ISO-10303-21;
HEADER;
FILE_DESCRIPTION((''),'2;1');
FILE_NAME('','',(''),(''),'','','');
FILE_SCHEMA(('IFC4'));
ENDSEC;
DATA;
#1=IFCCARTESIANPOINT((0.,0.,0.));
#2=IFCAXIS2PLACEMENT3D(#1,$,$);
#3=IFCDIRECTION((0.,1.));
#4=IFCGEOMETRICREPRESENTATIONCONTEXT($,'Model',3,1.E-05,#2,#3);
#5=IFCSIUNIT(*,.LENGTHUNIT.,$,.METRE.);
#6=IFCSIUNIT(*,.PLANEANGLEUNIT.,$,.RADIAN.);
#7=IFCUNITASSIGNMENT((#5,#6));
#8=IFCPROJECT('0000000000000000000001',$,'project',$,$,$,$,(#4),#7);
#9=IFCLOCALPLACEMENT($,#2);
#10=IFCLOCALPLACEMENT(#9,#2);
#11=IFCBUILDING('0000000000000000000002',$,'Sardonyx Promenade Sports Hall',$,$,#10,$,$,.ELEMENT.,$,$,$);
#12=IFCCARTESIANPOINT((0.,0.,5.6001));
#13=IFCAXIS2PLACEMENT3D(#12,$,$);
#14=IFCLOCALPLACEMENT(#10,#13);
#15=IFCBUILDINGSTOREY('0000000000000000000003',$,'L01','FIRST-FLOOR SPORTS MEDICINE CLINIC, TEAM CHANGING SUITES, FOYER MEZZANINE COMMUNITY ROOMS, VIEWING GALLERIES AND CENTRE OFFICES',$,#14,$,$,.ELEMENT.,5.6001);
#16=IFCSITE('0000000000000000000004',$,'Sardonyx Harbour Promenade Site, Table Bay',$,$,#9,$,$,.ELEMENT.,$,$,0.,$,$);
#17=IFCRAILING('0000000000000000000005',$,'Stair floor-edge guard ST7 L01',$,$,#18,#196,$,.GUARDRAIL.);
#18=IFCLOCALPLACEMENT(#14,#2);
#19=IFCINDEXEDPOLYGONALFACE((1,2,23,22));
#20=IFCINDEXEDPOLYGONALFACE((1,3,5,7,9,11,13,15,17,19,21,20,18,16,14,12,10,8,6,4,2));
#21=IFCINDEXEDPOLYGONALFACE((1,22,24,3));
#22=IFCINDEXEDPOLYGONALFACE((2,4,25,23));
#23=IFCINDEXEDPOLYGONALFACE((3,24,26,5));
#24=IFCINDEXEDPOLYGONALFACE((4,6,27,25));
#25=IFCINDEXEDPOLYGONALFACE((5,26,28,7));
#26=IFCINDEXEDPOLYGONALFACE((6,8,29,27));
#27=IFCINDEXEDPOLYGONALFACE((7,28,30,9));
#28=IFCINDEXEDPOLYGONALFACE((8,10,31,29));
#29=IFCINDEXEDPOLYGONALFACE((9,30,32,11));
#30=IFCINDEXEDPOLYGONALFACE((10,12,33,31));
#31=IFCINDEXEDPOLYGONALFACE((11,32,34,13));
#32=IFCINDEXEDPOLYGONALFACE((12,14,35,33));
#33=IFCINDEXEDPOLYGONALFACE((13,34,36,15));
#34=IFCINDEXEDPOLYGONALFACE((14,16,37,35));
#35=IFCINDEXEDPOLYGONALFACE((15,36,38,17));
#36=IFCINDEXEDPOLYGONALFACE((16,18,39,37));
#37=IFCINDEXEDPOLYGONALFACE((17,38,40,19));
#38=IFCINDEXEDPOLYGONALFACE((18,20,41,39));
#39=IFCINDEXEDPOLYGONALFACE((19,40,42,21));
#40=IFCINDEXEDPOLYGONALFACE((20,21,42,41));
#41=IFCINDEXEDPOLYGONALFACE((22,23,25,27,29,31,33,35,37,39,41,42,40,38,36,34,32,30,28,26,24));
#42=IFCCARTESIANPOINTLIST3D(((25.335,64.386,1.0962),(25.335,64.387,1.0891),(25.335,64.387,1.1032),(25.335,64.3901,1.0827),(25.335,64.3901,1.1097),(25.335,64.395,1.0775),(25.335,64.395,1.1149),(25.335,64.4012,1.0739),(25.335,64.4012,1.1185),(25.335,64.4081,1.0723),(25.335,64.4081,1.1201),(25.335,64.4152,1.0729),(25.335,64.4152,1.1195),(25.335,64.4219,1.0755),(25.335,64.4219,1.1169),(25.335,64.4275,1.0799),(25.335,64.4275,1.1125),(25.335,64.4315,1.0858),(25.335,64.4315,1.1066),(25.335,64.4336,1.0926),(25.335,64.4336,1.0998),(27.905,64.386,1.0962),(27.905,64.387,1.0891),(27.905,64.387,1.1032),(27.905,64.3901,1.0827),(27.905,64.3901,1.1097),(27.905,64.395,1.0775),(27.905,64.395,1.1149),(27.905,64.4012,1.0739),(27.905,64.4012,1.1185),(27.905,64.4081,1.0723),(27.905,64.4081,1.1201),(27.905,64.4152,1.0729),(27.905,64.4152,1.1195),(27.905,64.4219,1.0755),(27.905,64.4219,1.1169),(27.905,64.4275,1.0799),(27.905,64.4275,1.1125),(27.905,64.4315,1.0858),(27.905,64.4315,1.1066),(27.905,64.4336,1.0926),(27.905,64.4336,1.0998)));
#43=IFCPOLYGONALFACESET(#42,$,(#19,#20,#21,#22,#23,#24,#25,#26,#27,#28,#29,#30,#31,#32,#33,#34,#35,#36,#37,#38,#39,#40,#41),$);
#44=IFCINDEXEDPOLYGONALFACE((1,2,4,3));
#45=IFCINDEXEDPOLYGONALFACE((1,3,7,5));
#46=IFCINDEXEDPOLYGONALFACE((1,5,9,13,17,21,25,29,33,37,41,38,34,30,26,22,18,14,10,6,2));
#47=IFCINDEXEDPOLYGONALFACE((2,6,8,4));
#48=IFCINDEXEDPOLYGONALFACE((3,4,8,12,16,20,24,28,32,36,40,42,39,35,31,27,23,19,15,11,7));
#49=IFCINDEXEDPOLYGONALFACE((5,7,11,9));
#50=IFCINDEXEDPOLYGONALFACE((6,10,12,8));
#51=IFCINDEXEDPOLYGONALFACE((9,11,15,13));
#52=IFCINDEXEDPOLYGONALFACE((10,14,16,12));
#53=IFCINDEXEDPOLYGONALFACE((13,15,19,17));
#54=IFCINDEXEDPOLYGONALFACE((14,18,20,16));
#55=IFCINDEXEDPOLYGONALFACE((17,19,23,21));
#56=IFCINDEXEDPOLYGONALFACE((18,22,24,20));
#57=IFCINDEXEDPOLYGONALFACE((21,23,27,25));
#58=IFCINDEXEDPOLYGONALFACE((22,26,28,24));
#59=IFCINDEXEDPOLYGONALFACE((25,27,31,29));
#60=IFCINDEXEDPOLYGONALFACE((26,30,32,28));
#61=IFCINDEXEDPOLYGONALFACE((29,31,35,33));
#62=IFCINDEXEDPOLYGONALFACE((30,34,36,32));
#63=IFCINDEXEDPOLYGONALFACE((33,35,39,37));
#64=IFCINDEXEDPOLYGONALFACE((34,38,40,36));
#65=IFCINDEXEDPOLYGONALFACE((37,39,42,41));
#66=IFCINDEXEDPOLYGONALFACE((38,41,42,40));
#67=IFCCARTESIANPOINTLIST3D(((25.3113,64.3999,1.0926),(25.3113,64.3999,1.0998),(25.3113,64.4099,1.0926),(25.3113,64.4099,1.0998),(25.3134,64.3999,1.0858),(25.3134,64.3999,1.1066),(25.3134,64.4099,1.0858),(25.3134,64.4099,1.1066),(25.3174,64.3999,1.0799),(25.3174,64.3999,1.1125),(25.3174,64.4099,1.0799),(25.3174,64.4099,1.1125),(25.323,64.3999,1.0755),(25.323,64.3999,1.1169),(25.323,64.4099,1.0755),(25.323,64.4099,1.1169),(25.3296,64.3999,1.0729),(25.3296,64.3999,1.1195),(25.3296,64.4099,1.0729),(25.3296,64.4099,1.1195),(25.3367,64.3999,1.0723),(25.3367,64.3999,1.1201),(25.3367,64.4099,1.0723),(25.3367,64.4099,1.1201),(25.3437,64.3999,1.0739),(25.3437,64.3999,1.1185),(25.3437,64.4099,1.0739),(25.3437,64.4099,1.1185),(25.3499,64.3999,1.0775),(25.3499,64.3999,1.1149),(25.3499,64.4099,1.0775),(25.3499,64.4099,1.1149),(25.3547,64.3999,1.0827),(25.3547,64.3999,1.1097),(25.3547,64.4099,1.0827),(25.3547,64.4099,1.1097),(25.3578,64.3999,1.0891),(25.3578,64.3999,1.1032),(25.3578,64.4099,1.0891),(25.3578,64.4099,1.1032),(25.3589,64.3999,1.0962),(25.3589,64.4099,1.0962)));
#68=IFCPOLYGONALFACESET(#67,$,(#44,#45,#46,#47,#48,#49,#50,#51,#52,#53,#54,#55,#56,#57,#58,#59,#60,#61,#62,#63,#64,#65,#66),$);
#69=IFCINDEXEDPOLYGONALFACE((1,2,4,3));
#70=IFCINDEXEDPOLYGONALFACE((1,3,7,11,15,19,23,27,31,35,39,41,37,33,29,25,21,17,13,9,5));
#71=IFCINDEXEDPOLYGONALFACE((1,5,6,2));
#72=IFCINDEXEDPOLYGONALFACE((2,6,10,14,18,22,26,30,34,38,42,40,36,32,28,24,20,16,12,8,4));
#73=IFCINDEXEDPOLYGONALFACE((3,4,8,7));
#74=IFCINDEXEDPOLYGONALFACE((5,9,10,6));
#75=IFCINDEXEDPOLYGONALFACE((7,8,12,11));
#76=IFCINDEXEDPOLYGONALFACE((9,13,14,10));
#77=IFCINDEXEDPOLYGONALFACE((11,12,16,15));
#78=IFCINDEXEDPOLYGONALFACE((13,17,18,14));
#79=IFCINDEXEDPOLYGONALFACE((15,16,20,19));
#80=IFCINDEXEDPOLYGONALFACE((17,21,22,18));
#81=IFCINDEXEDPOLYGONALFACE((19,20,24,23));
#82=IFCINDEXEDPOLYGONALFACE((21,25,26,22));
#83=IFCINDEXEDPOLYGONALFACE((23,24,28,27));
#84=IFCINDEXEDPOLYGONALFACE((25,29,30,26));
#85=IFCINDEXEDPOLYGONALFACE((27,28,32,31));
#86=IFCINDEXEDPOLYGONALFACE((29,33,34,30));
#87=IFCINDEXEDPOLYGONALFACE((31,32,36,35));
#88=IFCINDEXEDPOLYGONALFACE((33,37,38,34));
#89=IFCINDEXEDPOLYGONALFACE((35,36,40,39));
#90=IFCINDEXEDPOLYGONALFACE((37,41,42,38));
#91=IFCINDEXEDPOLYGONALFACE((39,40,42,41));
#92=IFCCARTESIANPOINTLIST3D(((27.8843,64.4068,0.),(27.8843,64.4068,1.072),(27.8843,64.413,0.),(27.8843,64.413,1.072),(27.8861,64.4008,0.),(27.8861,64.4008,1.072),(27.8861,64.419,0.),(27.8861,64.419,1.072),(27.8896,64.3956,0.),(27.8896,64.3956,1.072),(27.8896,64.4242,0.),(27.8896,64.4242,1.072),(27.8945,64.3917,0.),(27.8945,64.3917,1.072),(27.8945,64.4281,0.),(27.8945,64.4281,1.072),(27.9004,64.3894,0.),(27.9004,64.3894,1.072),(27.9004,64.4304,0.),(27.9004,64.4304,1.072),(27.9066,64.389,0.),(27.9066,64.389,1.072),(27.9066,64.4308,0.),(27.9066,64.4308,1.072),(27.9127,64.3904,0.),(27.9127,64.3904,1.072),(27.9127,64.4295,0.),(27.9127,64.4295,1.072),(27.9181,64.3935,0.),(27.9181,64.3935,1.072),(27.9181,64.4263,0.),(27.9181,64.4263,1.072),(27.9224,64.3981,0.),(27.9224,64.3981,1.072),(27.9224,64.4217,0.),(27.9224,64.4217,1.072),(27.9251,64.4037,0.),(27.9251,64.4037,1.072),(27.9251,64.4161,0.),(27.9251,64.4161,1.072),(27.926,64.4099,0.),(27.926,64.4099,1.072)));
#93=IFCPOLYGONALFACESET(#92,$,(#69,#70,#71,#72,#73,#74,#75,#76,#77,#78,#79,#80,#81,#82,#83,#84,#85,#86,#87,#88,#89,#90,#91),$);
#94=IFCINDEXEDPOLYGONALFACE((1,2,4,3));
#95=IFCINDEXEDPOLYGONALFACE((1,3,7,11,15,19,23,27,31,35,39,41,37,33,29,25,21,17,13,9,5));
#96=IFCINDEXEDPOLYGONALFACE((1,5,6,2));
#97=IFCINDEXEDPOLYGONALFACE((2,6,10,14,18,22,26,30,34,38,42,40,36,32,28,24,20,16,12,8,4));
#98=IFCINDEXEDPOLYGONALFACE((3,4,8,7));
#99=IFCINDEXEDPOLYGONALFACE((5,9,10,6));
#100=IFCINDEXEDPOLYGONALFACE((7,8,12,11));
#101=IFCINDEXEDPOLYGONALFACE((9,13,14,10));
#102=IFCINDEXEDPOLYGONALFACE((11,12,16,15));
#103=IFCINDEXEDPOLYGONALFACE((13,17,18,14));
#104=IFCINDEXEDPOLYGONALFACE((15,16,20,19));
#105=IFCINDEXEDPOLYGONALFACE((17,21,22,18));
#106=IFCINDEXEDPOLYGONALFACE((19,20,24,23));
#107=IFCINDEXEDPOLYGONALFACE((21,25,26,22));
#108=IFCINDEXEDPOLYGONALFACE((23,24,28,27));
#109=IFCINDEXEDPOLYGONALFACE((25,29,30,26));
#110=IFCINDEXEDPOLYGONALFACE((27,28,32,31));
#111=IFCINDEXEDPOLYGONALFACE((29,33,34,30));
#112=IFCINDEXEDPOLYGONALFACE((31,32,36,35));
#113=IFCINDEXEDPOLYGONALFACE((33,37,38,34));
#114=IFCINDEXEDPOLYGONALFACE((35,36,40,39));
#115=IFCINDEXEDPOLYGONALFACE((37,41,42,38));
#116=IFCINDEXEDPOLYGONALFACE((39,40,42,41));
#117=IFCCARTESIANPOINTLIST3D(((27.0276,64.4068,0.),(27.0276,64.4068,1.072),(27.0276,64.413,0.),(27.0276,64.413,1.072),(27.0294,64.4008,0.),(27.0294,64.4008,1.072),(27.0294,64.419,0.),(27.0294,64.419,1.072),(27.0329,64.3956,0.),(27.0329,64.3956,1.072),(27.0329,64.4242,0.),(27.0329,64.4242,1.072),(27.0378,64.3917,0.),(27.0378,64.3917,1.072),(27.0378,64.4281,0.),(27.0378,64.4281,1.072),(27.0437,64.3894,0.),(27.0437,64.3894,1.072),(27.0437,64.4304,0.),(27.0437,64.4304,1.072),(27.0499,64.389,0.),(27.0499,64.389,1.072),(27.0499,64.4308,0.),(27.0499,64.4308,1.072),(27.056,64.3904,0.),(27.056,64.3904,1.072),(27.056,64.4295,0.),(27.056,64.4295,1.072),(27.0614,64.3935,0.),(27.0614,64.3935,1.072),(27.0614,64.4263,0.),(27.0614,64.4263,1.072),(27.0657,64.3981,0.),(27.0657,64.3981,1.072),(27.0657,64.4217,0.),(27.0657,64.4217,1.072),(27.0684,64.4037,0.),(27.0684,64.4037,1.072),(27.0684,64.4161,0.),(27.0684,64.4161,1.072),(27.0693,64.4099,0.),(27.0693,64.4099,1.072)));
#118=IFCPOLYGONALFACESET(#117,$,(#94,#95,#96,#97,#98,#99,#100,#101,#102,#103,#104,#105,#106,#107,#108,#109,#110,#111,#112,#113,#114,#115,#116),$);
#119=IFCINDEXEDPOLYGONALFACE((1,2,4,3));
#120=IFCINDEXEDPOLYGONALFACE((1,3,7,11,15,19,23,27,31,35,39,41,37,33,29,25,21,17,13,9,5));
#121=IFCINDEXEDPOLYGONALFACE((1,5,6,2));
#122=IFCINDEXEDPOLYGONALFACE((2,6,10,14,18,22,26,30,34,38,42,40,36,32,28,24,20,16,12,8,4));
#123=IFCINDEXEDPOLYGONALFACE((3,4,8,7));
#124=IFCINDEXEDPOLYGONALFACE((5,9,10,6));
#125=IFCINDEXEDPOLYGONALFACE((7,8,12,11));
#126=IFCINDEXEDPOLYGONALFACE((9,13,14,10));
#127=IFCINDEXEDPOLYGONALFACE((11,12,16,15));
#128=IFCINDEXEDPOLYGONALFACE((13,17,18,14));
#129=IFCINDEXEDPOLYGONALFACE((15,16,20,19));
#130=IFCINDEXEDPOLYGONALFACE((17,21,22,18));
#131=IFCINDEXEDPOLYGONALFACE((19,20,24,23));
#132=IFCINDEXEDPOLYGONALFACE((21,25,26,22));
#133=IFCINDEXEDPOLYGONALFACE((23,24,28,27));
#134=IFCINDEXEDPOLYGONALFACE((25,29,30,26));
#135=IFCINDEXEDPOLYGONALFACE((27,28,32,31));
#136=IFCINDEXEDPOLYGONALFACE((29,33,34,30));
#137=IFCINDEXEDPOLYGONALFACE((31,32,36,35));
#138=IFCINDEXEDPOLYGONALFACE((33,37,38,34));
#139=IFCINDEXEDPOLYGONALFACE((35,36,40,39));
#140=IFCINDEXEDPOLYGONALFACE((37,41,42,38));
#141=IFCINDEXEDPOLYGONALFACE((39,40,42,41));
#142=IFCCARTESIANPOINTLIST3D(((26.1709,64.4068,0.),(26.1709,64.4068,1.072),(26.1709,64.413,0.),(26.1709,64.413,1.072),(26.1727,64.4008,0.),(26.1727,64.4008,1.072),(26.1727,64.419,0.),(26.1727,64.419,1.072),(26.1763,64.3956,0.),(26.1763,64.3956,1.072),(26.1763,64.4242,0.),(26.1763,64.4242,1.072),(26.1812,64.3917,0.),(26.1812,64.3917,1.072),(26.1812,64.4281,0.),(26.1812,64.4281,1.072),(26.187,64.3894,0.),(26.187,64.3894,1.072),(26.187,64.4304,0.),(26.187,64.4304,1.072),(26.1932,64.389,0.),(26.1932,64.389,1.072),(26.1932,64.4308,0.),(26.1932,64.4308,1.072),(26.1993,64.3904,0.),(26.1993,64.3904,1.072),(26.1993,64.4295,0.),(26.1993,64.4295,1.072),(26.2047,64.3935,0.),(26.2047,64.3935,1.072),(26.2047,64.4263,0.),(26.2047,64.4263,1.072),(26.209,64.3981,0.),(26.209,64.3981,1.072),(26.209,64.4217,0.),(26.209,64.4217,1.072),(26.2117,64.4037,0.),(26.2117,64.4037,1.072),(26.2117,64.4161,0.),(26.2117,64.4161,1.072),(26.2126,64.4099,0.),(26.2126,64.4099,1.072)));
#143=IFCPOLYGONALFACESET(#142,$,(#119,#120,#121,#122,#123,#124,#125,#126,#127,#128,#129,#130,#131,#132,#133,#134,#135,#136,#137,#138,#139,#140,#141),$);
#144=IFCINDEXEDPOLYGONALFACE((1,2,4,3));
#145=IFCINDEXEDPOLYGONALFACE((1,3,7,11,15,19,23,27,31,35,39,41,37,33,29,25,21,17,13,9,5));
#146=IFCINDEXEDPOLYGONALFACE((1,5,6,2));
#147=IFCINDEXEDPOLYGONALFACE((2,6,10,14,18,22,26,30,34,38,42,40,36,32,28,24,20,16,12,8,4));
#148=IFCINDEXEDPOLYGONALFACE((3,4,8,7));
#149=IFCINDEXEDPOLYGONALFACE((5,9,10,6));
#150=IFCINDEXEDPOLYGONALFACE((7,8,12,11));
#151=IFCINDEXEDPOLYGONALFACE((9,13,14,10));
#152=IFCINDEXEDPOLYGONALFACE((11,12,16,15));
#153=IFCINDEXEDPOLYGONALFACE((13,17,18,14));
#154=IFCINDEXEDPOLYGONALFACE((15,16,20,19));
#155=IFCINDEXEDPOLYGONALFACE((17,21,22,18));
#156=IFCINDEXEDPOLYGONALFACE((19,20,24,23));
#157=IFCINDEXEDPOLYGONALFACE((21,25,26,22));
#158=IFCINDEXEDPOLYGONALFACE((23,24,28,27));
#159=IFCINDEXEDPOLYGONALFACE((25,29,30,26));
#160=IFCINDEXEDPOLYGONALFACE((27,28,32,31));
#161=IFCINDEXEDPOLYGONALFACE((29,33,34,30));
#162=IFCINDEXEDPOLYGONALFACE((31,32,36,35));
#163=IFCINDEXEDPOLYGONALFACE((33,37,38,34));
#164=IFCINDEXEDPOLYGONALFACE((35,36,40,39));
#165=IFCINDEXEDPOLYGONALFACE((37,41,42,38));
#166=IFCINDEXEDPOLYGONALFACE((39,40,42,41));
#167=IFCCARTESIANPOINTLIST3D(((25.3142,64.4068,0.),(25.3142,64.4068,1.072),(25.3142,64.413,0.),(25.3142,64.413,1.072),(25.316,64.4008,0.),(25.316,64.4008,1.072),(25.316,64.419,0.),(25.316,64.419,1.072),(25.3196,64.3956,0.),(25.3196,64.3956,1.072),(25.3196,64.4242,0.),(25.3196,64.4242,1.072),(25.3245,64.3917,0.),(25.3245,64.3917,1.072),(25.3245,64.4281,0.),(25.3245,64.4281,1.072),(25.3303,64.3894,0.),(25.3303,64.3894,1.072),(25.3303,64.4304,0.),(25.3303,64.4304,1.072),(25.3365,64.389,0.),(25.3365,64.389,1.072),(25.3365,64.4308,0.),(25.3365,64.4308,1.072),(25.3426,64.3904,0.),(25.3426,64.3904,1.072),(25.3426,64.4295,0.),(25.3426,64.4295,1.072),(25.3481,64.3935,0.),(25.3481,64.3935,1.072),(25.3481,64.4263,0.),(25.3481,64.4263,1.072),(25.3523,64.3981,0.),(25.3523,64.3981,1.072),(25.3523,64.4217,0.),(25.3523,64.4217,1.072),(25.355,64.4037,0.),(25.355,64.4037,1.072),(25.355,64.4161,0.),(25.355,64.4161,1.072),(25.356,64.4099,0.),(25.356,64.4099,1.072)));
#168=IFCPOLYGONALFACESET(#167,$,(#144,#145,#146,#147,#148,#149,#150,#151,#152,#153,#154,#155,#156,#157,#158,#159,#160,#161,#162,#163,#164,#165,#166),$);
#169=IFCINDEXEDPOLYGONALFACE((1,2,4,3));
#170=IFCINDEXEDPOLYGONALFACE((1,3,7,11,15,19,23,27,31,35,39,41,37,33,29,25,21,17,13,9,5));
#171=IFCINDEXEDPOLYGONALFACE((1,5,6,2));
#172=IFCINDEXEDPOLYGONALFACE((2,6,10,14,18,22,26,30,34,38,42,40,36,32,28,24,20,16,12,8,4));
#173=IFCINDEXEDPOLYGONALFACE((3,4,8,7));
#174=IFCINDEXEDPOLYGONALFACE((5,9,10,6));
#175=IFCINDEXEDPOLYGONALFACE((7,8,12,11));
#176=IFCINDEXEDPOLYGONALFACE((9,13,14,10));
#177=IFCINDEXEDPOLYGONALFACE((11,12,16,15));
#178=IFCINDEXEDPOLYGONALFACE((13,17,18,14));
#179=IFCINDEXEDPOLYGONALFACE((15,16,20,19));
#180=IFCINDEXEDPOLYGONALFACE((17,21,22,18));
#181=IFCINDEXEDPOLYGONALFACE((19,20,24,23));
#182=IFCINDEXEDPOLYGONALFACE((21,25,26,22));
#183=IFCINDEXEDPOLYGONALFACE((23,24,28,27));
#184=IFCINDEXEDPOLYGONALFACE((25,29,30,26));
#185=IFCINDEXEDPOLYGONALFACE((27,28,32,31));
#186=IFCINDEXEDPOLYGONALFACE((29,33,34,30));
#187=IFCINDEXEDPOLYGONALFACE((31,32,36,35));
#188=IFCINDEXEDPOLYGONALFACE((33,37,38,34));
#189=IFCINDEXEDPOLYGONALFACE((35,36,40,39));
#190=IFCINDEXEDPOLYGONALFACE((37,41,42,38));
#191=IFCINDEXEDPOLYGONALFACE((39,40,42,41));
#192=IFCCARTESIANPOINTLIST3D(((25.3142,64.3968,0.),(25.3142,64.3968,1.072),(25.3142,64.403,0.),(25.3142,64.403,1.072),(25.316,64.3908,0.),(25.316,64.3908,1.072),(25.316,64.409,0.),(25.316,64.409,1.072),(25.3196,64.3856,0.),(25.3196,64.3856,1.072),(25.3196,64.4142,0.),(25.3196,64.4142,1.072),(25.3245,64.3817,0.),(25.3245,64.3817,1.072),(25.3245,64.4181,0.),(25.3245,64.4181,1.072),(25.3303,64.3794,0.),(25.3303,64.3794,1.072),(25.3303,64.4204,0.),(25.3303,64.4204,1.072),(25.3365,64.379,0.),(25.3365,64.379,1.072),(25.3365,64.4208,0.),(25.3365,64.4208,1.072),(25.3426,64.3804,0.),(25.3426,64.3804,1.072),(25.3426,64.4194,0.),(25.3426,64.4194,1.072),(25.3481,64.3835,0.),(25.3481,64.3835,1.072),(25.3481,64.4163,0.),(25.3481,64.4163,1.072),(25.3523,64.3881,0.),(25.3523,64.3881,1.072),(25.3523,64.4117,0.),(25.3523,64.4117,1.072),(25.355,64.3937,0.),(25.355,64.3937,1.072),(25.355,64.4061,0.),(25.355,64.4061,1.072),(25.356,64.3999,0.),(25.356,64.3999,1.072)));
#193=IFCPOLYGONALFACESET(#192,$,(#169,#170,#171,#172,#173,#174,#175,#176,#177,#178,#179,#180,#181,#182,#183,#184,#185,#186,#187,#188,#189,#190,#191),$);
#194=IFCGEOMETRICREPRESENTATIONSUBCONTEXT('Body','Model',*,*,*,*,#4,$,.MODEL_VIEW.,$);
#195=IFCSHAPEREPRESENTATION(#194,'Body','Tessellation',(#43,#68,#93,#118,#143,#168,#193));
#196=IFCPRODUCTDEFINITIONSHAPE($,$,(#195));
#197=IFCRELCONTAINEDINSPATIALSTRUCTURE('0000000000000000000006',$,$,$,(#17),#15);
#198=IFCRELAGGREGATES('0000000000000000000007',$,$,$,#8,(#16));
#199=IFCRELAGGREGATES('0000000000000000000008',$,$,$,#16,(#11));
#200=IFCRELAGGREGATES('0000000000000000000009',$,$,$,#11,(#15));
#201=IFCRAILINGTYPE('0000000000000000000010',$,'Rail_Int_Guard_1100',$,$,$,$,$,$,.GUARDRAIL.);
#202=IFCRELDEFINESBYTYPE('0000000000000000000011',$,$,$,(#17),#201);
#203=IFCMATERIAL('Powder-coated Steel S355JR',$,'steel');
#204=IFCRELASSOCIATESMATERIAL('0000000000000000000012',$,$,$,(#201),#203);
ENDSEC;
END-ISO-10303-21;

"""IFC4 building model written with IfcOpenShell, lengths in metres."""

from ifc_helpers import new_model, si_unit, direction, frame, origin, origin_2d, place, context, subcontext, project, spatial, circle, extrude, material, type_object, element, save


model = new_model("IFC4")

# Units and contexts
model_context = context("Model", 3, precision=1e-05, world=origin(), true_north=direction((0.0, 1.0)))
body_context = subcontext(model_context, "Body", "Model", "MODEL_VIEW")
ifc_project = project(units=[si_unit("LENGTHUNIT", "METRE"), si_unit("PLANEANGLEUNIT", "RADIAN")], contexts=[model_context])

# Site, building, storey
site_placement = place(None, origin())
site = spatial("IfcSite", under=ifc_project, at=site_placement, Name="Sardonyx Harbour Promenade Site, Table Bay", CompositionType="ELEMENT", RefElevation=0.0)
building_placement = place(site_placement, origin())
building = spatial("IfcBuilding", under=site, at=building_placement, Name="Sardonyx Promenade Sports Hall", CompositionType="ELEMENT")
storey_placement = place(building_placement, frame((0.0, 0.0, 5.6001)))
storey = spatial("IfcBuildingStorey", under=building, at=storey_placement, Name="L01", Description="FIRST-FLOOR SPORTS MEDICINE CLINIC, TEAM CHANGING SUITES, FOYER MEZZANINE COMMUNITY ROOMS, VIEWING GALLERIES AND CENTRE OFFICES", CompositionType="ELEMENT", Elevation=5.6001)

# Railing
ifc_material_1 = material(Name="Powder-coated Steel S355JR", Category="steel")
railing_type_1 = type_object("IfcRailingType", Name="Rail_Int_Guard_1100", PredefinedType="GUARDRAIL", material=ifc_material_1)
railing_1_placement = place(storey_placement, frame((27.905, 64.4099, 0.0)))
element("IfcRailing", 1, at=railing_1_placement, inside=storey, type_object=railing_type_1, Name="Stair floor-edge guard ST7 L01", PredefinedType="GUARDRAIL", context=body_context, shape_type="SweptSolid", body=[
    extrude(circle(Radius=0.0239, at=origin_2d()), frame((0.0, 0.0, 1.0962), z_axis=(-1.0, 0.0, 0.0), x_axis=(0.0, -1.0, 0.0)), (0.0, 0.0, 1.0), 2.5701),
    extrude(circle(Radius=0.0239, at=origin_2d()), frame((-2.5701, 0.0, 1.0962), z_axis=(0.0, -1.0, 0.0), x_axis=(1.0, 0.0, 0.0)), (0.0, 0.0, 1.0), 0.01),
    extrude(circle(Radius=0.021, at=origin_2d()), origin(), (0.0, 0.0, 1.0), 1.072),
    extrude(circle(Radius=0.021, at=origin_2d()), frame((-0.8567, 0.0, 0.0)), (0.0, 0.0, 1.0), 1.072),
    extrude(circle(Radius=0.021, at=origin_2d()), frame((-1.7134, 0.0, 0.0)), (0.0, 0.0, 1.0), 1.072),
    extrude(circle(Radius=0.021, at=origin_2d()), frame((-2.5701, 0.0, 0.0)), (0.0, 0.0, 1.0), 1.072),
    extrude(circle(Radius=0.021, at=origin_2d()), frame((-2.5701, -0.01, 0.0)), (0.0, 0.0, 1.0), 1.072),
])

save(model, "model.ifc")
